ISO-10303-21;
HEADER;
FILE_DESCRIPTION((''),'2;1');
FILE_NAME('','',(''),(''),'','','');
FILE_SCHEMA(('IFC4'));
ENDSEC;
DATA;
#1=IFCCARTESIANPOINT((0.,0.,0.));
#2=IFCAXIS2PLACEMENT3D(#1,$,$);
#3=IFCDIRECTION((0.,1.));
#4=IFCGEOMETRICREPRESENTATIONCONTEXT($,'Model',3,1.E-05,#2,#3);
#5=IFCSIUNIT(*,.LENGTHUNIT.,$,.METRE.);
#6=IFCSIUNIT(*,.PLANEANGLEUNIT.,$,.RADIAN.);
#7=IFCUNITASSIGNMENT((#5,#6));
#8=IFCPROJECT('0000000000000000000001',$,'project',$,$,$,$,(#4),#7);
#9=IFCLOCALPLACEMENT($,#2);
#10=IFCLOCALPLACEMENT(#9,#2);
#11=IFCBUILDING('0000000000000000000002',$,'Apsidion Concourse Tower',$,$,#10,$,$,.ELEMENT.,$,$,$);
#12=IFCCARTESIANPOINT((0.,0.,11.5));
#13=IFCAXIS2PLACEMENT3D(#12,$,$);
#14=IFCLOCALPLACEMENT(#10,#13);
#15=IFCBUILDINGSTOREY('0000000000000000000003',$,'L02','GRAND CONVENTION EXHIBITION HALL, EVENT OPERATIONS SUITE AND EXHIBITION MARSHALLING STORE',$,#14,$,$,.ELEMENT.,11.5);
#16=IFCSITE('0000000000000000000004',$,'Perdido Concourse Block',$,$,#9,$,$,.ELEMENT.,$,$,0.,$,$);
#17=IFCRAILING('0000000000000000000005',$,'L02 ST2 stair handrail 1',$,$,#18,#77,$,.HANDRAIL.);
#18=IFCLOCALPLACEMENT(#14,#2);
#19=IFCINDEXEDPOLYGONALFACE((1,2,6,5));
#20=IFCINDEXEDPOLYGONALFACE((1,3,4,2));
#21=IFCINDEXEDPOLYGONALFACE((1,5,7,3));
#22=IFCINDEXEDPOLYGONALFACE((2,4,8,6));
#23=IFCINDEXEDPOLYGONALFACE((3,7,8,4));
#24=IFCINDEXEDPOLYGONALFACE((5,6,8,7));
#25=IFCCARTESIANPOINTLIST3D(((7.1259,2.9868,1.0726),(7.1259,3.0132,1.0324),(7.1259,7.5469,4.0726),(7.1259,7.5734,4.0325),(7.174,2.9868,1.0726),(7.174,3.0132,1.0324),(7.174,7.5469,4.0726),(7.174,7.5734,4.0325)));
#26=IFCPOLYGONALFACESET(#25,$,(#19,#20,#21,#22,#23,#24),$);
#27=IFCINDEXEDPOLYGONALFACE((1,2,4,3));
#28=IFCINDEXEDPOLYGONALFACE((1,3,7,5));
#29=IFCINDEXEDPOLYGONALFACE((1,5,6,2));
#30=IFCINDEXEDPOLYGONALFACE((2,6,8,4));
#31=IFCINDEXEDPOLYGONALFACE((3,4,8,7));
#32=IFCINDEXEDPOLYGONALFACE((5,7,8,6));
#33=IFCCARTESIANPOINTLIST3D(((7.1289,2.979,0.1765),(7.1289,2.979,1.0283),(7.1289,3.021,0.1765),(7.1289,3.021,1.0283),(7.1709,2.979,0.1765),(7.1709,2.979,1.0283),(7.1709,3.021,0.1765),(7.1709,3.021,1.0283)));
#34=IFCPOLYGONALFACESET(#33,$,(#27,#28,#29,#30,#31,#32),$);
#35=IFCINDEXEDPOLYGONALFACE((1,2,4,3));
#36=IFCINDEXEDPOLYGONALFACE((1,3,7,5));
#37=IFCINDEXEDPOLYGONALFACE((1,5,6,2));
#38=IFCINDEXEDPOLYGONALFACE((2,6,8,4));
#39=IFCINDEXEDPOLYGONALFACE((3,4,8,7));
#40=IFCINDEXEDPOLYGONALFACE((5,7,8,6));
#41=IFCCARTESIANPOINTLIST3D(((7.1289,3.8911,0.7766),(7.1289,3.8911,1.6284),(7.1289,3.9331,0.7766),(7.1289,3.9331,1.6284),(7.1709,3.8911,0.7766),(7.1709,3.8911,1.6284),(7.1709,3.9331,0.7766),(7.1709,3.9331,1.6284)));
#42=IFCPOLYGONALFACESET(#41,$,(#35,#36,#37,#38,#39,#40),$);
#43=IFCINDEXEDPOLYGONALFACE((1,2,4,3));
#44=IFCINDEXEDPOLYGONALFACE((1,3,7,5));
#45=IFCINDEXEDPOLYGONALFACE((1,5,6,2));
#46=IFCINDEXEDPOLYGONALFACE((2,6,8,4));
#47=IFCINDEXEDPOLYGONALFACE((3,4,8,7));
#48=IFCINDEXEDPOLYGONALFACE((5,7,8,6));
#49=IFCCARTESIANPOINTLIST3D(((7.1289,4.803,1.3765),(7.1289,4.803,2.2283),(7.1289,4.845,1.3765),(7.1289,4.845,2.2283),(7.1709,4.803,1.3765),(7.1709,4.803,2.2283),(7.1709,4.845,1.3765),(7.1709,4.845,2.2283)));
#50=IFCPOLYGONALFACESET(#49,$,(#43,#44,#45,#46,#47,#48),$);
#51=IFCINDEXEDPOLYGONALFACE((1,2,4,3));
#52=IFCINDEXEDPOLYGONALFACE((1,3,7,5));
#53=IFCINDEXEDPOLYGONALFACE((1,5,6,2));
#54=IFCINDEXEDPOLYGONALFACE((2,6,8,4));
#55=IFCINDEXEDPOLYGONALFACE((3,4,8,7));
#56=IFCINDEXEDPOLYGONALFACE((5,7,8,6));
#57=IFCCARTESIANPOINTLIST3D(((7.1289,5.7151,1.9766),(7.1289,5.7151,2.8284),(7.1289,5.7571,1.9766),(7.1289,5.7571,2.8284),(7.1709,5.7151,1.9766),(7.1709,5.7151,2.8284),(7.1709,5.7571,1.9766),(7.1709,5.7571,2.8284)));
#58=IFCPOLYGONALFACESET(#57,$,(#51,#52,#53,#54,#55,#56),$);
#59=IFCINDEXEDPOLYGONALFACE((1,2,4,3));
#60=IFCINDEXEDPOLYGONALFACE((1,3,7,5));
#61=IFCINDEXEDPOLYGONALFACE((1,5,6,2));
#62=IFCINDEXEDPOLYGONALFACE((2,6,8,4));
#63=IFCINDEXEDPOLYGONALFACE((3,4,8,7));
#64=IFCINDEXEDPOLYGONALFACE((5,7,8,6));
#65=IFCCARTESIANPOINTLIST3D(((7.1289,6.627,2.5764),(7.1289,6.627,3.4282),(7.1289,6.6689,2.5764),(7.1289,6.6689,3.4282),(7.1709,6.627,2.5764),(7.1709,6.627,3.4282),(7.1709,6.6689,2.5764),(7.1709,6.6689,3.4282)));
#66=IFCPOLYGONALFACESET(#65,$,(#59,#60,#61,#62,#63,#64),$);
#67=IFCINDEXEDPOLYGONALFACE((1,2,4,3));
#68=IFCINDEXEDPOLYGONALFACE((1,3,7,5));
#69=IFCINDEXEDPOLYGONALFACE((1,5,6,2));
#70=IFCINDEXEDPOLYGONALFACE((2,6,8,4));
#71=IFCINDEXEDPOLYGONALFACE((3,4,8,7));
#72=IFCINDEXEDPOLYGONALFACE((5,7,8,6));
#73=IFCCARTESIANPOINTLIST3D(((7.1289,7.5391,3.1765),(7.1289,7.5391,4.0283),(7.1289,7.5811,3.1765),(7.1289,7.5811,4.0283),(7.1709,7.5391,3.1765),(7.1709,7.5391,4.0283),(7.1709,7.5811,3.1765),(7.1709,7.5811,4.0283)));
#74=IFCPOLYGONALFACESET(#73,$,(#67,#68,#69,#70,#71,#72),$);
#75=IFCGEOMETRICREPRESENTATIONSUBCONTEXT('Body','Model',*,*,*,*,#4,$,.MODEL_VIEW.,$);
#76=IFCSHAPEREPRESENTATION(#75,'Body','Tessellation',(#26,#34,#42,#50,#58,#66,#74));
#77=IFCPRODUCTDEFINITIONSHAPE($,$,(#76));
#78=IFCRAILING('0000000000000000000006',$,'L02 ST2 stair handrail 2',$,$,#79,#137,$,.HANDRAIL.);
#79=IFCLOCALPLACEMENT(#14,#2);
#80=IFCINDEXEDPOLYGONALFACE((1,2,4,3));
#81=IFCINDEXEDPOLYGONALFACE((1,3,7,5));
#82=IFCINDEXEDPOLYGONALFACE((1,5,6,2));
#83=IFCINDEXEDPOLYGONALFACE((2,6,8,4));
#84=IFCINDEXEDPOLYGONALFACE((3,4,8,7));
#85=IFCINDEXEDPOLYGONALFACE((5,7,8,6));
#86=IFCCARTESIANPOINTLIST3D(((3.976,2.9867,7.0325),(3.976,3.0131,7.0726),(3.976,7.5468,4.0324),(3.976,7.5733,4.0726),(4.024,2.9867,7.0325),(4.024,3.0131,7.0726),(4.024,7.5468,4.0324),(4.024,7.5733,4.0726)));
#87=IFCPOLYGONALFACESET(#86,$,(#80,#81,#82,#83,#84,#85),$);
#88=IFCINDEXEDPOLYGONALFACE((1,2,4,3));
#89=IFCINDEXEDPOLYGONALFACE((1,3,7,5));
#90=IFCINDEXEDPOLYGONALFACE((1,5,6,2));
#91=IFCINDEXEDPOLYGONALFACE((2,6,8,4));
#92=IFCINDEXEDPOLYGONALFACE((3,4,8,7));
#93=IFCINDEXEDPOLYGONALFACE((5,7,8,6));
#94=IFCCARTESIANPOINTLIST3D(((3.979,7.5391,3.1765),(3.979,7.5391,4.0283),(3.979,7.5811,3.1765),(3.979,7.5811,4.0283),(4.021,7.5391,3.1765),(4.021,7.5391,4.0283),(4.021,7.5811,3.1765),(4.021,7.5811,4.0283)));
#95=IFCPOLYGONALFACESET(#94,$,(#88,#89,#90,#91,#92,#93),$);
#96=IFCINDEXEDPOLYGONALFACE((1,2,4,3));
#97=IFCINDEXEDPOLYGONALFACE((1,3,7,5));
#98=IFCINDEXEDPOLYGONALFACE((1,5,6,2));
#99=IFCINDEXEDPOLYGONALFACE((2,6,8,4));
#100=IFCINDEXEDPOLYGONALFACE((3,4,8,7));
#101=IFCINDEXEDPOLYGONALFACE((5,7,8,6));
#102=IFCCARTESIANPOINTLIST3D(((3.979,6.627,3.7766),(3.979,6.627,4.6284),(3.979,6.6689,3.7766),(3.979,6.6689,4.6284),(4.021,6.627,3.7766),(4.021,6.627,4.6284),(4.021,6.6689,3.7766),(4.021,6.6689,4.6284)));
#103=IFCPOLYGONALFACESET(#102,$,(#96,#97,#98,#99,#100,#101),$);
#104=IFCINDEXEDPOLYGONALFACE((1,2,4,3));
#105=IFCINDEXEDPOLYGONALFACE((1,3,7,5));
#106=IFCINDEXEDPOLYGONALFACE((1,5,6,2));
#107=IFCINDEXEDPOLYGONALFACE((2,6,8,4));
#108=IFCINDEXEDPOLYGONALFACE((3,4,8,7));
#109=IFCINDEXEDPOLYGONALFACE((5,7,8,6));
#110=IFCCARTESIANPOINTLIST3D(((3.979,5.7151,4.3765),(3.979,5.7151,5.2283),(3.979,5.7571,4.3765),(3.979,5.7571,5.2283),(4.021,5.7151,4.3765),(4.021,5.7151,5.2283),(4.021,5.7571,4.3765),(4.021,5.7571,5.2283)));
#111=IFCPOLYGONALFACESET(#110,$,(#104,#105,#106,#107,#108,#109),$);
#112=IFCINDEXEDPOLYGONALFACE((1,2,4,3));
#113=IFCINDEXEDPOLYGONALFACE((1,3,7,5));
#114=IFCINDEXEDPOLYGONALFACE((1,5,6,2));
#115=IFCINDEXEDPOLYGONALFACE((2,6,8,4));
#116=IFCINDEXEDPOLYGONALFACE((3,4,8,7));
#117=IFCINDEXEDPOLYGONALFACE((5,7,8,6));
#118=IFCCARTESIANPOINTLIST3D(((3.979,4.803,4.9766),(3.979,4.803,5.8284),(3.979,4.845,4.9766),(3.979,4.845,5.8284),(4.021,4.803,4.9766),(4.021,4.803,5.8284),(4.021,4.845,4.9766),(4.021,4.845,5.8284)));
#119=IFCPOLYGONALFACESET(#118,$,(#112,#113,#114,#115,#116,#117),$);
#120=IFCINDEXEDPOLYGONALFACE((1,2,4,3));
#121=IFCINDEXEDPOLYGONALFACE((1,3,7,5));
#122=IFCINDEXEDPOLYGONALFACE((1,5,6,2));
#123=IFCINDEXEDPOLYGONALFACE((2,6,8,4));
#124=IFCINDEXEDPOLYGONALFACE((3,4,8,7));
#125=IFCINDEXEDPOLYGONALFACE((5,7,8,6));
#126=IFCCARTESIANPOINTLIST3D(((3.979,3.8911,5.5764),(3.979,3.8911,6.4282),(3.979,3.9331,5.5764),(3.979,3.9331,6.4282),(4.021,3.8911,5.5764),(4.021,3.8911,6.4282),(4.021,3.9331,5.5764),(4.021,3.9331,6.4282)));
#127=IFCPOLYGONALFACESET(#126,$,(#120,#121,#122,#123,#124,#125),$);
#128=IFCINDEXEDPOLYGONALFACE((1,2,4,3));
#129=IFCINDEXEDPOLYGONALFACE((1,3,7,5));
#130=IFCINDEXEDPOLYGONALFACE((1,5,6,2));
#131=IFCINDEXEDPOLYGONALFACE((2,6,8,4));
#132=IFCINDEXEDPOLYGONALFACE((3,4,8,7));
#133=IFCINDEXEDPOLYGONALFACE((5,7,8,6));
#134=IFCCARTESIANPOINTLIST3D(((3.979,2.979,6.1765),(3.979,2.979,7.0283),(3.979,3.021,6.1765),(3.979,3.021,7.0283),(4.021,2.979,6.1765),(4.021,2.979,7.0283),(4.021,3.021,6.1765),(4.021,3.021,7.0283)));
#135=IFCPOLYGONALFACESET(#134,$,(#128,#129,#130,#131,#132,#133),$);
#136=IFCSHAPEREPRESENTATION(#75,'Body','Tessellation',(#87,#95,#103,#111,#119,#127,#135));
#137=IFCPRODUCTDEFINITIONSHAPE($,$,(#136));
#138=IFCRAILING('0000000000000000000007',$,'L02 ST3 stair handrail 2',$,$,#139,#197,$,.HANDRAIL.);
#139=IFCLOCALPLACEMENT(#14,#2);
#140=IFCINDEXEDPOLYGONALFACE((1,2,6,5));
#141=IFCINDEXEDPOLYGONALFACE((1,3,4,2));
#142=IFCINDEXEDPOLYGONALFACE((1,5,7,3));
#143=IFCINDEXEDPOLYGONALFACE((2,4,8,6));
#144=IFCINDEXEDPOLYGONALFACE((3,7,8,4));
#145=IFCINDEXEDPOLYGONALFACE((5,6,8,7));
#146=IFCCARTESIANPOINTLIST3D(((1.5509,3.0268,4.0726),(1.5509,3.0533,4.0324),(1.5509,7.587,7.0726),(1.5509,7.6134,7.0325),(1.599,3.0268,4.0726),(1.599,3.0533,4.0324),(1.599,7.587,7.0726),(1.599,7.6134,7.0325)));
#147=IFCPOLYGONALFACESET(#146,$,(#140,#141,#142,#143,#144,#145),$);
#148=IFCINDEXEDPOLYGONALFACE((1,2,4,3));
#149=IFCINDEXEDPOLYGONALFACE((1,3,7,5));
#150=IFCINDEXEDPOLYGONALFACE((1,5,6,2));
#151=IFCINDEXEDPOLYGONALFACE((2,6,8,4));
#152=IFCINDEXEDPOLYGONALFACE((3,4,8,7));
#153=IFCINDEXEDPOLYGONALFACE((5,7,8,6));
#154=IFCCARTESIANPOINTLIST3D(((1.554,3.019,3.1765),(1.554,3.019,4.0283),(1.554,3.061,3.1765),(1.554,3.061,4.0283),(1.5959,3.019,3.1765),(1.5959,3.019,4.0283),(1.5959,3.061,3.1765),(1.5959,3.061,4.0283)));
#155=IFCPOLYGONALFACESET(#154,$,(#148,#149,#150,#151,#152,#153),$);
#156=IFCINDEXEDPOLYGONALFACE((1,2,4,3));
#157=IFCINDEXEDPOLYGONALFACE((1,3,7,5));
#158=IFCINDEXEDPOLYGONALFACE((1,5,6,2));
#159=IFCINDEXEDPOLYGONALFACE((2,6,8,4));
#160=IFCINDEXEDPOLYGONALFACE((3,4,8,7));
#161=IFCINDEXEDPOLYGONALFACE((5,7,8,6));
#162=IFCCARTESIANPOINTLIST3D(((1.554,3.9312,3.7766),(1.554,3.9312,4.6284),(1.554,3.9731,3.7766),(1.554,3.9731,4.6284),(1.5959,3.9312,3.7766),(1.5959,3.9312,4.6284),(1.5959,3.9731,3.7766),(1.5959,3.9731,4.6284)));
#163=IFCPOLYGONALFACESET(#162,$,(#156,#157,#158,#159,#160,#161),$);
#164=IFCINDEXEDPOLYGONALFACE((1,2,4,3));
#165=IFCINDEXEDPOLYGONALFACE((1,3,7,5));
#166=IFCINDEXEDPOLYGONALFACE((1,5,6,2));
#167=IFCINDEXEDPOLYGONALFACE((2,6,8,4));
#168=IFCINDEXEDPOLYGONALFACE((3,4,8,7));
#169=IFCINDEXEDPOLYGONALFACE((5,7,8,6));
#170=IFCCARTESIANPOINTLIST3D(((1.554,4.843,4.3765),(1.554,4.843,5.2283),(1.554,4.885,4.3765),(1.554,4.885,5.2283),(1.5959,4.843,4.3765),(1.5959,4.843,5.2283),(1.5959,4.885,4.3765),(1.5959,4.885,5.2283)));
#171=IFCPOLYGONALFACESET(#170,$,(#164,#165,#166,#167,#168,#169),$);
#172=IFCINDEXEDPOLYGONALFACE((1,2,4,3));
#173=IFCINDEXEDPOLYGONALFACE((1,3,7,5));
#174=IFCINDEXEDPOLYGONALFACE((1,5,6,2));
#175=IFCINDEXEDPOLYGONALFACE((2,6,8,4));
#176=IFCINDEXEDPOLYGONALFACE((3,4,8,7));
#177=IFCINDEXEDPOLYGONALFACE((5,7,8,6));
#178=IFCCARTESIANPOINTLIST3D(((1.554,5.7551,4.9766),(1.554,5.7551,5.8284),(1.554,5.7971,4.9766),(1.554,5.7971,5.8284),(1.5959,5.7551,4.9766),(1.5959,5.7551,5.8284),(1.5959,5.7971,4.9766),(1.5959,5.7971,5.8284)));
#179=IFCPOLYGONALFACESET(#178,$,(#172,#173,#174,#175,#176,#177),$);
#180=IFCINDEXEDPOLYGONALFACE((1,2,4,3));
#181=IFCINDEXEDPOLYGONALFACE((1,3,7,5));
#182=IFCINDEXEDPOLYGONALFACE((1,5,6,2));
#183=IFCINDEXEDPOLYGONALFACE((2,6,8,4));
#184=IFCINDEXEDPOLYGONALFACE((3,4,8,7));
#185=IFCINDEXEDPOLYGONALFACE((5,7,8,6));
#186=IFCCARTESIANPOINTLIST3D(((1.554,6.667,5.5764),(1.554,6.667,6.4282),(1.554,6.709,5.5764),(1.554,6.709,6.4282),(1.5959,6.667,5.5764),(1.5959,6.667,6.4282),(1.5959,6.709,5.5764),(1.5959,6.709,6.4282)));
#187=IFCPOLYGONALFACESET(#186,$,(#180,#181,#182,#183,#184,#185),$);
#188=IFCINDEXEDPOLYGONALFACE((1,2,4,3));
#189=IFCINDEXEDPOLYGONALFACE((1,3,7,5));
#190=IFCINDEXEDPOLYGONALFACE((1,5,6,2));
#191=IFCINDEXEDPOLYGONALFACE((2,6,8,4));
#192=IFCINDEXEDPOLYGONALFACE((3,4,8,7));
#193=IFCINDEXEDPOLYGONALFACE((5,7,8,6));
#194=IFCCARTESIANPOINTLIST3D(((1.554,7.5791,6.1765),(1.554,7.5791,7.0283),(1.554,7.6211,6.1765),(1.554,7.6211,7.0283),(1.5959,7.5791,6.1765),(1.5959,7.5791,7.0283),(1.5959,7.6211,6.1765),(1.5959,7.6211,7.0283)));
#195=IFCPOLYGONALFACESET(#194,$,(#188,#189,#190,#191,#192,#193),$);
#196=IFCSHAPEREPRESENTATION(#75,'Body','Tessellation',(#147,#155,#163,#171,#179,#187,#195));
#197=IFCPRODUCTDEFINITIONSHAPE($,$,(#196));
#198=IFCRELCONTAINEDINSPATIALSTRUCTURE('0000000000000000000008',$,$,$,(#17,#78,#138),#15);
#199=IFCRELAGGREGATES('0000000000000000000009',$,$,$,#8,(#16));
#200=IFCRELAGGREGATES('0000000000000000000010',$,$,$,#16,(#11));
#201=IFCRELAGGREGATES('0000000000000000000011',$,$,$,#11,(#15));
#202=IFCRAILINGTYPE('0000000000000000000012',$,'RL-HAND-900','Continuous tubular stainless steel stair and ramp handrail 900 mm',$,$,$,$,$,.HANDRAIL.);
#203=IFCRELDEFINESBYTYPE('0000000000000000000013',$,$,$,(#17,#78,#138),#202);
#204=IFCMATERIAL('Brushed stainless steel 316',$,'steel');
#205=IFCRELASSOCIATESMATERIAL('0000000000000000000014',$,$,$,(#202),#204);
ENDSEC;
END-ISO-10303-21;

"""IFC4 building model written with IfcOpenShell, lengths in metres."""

from ifc_helpers import new_model, si_unit, direction, frame, origin, origin_2d, place, context, subcontext, project, spatial, rectangle, extrude, material, type_object, element, save


model = new_model("IFC4")

# Units and contexts
model_context = context("Model", 3, precision=1e-05, world=origin(), true_north=direction((0.0, 1.0)))
body_context = subcontext(model_context, "Body", "Model", "MODEL_VIEW")
ifc_project = project(units=[si_unit("LENGTHUNIT", "METRE"), si_unit("PLANEANGLEUNIT", "RADIAN")], contexts=[model_context])

# Site, building, storey
site_placement = place(None, origin())
site = spatial("IfcSite", under=ifc_project, at=site_placement, Name="Perdido Concourse Block", CompositionType="ELEMENT", RefElevation=0.0)
building_placement = place(site_placement, origin())
building = spatial("IfcBuilding", under=site, at=building_placement, Name="Apsidion Concourse Tower", CompositionType="ELEMENT")
storey_placement = place(building_placement, frame((0.0, 0.0, 11.5)))
storey = spatial("IfcBuildingStorey", under=building, at=storey_placement, Name="L02", Description="GRAND CONVENTION EXHIBITION HALL, EVENT OPERATIONS SUITE AND EXHIBITION MARSHALLING STORE", CompositionType="ELEMENT", Elevation=11.5)

# Railings
ifc_material_1 = material(Name="Brushed stainless steel 316", Category="steel")
railing_type_1 = type_object("IfcRailingType", Name="RL-HAND-900", Description="Continuous tubular stainless steel stair and ramp handrail 900 mm", PredefinedType="HANDRAIL", material=ifc_material_1)
railing_1_placement = place(storey_placement, frame((7.1499, 3.0, 0.1765)))
element("IfcRailing", 1, at=railing_1_placement, inside=storey, type_object=railing_type_1, Name="L02 ST2 stair handrail 1", PredefinedType="HANDRAIL", context=body_context, shape_type="SweptSolid", body=[
    extrude(rectangle(XDim=0.0481, YDim=0.0481, at=origin_2d()), frame((0.0, 0.0, 0.876), z_axis=(0.0, 0.83542, 0.549612), x_axis=(-1.0, 0.0, 0.0)), (0.0, 0.0, 1.0), 5.4585),
    extrude(rectangle(XDim=0.042, YDim=0.042, at=origin_2d()), origin(), (0.0, 0.0, 1.0), 0.8518),
    extrude(rectangle(XDim=0.042, YDim=0.042, at=origin_2d()), frame((0.0, 0.9121, 0.6001)), (0.0, 0.0, 1.0), 0.8518),
    extrude(rectangle(XDim=0.042, YDim=0.042, at=origin_2d()), frame((0.0, 1.824, 1.2)), (0.0, 0.0, 1.0), 0.8518),
    extrude(rectangle(XDim=0.042, YDim=0.042, at=origin_2d()), frame((0.0, 2.7361, 1.8)), (0.0, 0.0, 1.0), 0.8518),
    extrude(rectangle(XDim=0.042, YDim=0.042, at=origin_2d()), frame((0.0, 3.6479, 2.3999)), (0.0, 0.0, 1.0), 0.8518),
    extrude(rectangle(XDim=0.042, YDim=0.042, at=origin_2d()), frame((0.0, 4.5601, 3.0)), (0.0, 0.0, 1.0), 0.8518),
])
railing_2_placement = place(storey_placement, frame((4.0, 7.5601, 3.1765)))
element("IfcRailing", 2, at=railing_2_placement, inside=storey, type_object=railing_type_1, Name="L02 ST2 stair handrail 2", PredefinedType="HANDRAIL", context=body_context, shape_type="SweptSolid", body=[
    extrude(rectangle(XDim=0.0481, YDim=0.0481, at=origin_2d()), frame((0.0, 0.0, 0.876), z_axis=(0.0, -0.83542, 0.549612), x_axis=(1.0, 0.0, 0.0)), (0.0, 0.0, 1.0), 5.4585),
    extrude(rectangle(XDim=0.042, YDim=0.042, at=origin_2d()), origin(), (0.0, 0.0, 1.0), 0.8518),
    extrude(rectangle(XDim=0.042, YDim=0.042, at=origin_2d()), frame((0.0, -0.9121, 0.6001)), (0.0, 0.0, 1.0), 0.8518),
    extrude(rectangle(XDim=0.042, YDim=0.042, at=origin_2d()), frame((0.0, -1.824, 1.2)), (0.0, 0.0, 1.0), 0.8518),
    extrude(rectangle(XDim=0.042, YDim=0.042, at=origin_2d()), frame((0.0, -2.7361, 1.8)), (0.0, 0.0, 1.0), 0.8518),
    extrude(rectangle(XDim=0.042, YDim=0.042, at=origin_2d()), frame((0.0, -3.6479, 2.3999)), (0.0, 0.0, 1.0), 0.8518),
    extrude(rectangle(XDim=0.042, YDim=0.042, at=origin_2d()), frame((0.0, -4.5601, 3.0)), (0.0, 0.0, 1.0), 0.8518),
])
railing_3_placement = place(storey_placement, frame((1.575, 3.04, 3.1765)))
element("IfcRailing", 3, at=railing_3_placement, inside=storey, type_object=railing_type_1, Name="L02 ST3 stair handrail 2", PredefinedType="HANDRAIL", context=body_context, shape_type="SweptSolid", body=[
    extrude(rectangle(XDim=0.0481, YDim=0.0481, at=origin_2d()), frame((0.0, 0.0, 0.876), z_axis=(0.0, 0.83542, 0.549612), x_axis=(-1.0, 0.0, 0.0)), (0.0, 0.0, 1.0), 5.4585),
    extrude(rectangle(XDim=0.042, YDim=0.042, at=origin_2d()), origin(), (0.0, 0.0, 1.0), 0.8518),
    extrude(rectangle(XDim=0.042, YDim=0.042, at=origin_2d()), frame((0.0, 0.9121, 0.6001)), (0.0, 0.0, 1.0), 0.8518),
    extrude(rectangle(XDim=0.042, YDim=0.042, at=origin_2d()), frame((0.0, 1.824, 1.2)), (0.0, 0.0, 1.0), 0.8518),
    extrude(rectangle(XDim=0.042, YDim=0.042, at=origin_2d()), frame((0.0, 2.7361, 1.8)), (0.0, 0.0, 1.0), 0.8518),
    extrude(rectangle(XDim=0.042, YDim=0.042, at=origin_2d()), frame((0.0, 3.6479, 2.3999)), (0.0, 0.0, 1.0), 0.8518),
    extrude(rectangle(XDim=0.042, YDim=0.042, at=origin_2d()), frame((0.0, 4.5601, 3.0)), (0.0, 0.0, 1.0), 0.8518),
])

save(model, "model.ifc")
